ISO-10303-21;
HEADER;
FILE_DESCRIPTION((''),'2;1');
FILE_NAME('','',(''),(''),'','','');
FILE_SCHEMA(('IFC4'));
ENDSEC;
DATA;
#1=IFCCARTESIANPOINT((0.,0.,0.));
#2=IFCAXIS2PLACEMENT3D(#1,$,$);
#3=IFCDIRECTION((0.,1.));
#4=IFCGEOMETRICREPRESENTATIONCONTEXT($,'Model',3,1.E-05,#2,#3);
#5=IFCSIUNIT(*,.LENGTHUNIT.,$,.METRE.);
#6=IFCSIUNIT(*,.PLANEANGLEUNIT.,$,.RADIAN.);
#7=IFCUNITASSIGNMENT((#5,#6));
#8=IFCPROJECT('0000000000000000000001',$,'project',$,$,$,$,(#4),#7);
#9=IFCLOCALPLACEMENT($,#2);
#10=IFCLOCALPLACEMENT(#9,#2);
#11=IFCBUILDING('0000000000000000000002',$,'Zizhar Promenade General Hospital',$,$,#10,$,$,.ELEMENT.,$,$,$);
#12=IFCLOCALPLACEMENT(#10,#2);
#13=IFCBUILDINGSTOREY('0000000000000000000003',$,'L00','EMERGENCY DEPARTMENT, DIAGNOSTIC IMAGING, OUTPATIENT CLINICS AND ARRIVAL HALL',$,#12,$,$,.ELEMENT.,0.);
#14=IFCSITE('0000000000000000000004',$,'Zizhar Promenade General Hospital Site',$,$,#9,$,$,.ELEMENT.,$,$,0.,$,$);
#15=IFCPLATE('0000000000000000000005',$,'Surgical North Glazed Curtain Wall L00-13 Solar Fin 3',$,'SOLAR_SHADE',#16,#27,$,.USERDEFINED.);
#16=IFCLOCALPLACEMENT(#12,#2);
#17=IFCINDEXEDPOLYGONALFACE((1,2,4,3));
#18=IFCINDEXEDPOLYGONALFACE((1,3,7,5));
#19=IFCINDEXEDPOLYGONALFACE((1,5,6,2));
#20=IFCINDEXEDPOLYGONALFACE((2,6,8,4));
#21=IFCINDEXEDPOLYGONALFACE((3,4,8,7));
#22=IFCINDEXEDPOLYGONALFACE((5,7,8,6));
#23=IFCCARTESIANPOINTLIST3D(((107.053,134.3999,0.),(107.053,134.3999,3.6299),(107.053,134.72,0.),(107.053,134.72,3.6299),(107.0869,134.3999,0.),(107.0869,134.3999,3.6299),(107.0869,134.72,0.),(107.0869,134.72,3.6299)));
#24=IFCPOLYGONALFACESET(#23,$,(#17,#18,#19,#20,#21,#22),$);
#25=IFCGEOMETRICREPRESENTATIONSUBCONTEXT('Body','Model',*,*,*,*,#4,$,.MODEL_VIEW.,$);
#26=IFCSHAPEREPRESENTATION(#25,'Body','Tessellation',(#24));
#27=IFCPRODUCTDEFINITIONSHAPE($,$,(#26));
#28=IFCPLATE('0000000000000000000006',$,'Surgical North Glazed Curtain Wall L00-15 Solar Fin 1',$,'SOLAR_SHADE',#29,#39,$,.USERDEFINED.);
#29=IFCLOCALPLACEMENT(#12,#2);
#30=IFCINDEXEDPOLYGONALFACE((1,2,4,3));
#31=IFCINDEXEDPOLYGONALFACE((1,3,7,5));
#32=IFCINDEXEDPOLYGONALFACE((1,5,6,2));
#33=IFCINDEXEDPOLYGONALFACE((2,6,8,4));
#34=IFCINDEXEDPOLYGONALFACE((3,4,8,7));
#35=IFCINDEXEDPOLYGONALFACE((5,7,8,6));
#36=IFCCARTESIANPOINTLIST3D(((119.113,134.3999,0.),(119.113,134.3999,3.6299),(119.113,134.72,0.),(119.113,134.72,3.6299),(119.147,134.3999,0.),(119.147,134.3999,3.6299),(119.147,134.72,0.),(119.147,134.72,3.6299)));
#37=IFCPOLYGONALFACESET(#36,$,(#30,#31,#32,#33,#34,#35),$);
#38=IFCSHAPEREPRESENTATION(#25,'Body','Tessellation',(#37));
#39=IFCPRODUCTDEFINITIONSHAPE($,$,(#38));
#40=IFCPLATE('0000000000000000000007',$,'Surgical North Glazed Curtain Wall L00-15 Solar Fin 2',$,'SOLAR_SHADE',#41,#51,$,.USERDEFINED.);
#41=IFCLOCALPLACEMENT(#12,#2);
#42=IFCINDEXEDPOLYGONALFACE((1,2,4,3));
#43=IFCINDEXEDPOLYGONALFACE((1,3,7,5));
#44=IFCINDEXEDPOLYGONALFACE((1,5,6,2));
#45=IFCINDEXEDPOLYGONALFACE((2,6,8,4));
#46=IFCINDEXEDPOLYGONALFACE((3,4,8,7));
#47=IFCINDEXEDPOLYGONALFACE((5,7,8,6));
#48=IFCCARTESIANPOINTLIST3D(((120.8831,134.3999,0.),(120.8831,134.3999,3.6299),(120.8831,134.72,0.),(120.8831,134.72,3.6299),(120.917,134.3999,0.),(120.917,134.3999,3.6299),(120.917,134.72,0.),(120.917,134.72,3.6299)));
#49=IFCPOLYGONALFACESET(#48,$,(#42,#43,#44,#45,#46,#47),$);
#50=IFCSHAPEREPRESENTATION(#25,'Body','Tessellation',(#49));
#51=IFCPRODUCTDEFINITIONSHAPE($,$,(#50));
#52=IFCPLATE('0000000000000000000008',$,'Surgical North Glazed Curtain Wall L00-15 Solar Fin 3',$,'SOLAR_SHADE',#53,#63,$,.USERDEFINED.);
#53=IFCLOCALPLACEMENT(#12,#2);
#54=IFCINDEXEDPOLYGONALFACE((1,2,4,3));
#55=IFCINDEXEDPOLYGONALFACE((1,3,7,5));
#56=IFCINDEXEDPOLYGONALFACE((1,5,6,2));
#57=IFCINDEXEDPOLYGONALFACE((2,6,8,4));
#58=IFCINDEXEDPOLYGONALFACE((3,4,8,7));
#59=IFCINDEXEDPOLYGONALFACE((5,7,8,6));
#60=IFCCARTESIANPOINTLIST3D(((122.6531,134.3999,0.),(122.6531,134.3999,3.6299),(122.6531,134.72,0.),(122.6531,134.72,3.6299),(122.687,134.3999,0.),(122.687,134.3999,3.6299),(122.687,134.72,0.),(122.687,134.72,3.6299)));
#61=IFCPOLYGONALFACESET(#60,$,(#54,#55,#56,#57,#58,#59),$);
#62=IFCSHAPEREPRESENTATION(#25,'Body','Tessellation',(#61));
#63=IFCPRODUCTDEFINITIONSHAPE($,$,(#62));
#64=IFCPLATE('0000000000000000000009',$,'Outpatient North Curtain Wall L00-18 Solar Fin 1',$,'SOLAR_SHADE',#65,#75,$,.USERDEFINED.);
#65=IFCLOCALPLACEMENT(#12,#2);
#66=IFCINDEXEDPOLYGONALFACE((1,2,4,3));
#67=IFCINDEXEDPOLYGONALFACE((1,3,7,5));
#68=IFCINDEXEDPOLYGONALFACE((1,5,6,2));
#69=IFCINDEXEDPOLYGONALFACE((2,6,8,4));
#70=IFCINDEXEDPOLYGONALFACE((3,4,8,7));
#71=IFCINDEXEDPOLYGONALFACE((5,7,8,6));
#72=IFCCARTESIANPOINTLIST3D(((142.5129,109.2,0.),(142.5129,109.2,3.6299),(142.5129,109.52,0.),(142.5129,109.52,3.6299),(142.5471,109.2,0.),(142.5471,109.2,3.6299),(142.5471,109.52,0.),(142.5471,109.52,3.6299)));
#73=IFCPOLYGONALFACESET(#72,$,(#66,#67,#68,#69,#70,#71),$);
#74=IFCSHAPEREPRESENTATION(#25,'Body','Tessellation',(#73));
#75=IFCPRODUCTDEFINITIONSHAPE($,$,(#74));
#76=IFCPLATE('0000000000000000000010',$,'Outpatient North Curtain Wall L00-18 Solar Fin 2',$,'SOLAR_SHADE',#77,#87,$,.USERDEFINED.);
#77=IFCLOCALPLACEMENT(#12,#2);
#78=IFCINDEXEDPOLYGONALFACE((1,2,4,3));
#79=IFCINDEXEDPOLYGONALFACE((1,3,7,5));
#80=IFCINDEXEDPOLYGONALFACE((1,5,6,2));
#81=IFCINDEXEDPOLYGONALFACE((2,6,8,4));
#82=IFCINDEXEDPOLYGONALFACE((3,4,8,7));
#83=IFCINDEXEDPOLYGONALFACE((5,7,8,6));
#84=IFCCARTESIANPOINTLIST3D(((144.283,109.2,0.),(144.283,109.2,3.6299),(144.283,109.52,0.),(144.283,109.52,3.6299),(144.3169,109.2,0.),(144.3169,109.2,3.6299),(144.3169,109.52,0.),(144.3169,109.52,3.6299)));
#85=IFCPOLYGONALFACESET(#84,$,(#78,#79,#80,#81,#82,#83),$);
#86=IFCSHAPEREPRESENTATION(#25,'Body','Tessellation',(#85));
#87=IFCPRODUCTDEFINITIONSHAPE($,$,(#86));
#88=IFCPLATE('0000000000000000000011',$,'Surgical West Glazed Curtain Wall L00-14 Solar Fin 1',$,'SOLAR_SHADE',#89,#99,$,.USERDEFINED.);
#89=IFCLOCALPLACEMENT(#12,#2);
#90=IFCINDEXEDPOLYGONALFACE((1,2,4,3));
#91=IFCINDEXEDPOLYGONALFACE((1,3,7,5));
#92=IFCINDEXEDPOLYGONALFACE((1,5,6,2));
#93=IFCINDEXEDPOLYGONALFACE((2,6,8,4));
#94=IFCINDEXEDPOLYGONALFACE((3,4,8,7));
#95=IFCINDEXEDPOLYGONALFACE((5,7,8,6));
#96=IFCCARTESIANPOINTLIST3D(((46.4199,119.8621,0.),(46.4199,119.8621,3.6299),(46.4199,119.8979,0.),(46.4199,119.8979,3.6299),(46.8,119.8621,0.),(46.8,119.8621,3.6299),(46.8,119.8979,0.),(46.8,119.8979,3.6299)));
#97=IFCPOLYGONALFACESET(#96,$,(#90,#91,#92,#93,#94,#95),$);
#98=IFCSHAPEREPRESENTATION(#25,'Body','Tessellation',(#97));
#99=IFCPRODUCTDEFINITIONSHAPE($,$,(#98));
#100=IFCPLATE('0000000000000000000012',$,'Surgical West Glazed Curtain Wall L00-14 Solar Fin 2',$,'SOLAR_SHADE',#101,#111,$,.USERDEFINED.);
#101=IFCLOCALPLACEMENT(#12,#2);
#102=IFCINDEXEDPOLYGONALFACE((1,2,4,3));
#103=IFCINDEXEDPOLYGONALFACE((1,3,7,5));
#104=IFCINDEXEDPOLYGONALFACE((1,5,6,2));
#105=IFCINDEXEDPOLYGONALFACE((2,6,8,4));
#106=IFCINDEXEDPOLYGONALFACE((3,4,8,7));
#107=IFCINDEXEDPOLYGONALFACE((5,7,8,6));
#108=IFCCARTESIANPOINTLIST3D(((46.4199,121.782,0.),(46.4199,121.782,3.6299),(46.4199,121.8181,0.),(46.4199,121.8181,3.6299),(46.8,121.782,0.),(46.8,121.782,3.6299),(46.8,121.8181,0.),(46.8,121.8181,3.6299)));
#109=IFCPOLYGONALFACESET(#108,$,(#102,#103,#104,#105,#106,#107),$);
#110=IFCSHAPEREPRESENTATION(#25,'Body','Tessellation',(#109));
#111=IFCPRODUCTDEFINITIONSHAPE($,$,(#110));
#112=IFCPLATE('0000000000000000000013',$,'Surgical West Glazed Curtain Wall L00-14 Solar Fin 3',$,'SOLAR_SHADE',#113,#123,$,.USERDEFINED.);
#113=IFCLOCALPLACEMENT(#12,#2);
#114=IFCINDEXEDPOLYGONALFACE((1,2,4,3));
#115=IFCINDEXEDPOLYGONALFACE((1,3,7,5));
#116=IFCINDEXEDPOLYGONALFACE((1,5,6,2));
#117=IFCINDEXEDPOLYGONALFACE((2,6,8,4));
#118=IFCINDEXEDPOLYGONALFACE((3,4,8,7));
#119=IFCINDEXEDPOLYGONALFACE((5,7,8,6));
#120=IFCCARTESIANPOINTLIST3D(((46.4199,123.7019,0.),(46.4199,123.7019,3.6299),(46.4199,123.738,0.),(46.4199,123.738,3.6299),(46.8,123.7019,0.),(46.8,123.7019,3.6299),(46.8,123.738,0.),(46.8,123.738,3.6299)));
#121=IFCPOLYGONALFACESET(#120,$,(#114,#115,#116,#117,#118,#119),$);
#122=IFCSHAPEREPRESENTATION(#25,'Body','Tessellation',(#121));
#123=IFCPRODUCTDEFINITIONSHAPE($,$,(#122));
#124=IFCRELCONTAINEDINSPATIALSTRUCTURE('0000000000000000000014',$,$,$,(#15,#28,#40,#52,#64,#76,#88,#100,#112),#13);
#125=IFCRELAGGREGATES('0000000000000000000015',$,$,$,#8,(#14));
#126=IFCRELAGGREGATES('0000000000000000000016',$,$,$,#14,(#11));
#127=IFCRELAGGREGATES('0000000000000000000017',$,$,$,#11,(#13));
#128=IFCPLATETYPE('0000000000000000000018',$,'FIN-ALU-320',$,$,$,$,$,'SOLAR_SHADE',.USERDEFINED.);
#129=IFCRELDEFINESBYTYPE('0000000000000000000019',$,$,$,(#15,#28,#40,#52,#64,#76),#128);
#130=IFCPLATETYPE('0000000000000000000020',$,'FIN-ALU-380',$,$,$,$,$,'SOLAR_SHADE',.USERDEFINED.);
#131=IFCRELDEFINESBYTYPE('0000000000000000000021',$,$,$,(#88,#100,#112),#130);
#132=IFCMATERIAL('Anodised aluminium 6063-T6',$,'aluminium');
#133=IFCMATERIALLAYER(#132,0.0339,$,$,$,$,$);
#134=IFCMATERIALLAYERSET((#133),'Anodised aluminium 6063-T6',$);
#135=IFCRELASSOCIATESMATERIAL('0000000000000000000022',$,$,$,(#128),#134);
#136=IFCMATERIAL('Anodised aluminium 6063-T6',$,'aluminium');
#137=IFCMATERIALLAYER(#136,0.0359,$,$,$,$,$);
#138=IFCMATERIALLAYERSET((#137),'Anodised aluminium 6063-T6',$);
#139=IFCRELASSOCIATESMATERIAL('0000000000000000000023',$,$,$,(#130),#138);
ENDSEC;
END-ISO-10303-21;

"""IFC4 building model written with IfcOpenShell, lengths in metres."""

from ifc_helpers import new_model, si_unit, direction, origin, place, context, subcontext, project, spatial, polyline, outline, extrude, material, layer, layer_set, type_object, element, save


model = new_model("IFC4")

# Units and contexts
model_context = context("Model", 3, precision=1e-05, world=origin(), true_north=direction((0.0, 1.0)))
body_context = subcontext(model_context, "Body", "Model", "MODEL_VIEW")
ifc_project = project(units=[si_unit("LENGTHUNIT", "METRE"), si_unit("PLANEANGLEUNIT", "RADIAN")], contexts=[model_context])

# Site, building, storey
site_placement = place(None, origin())
site = spatial("IfcSite", under=ifc_project, at=site_placement, Name="Zizhar Promenade General Hospital Site", CompositionType="ELEMENT", RefElevation=0.0)
building_placement = place(site_placement, origin())
building = spatial("IfcBuilding", under=site, at=building_placement, Name="Zizhar Promenade General Hospital", CompositionType="ELEMENT")
storey_placement = place(building_placement, origin())
storey = spatial("IfcBuildingStorey", under=building, at=storey_placement, Name="L00", Description="EMERGENCY DEPARTMENT, DIAGNOSTIC IMAGING, OUTPATIENT CLINICS AND ARRIVAL HALL", CompositionType="ELEMENT", Elevation=0.0)

# Plates
ifc_material_1 = material(Name="Anodised aluminium 6063-T6", Category="aluminium")
ifc_layer_1 = layer(ifc_material_1, 0.0339)
ifc_layer_set_1 = layer_set([ifc_layer_1], Name="Anodised aluminium 6063-T6")
plate_type_1 = type_object("IfcPlateType", Name="FIN-ALU-320", ElementType="SOLAR_SHADE", PredefinedType="USERDEFINED", material=ifc_layer_set_1)
plate_1_placement = place(storey_placement, origin())
element("IfcPlate", 1, at=plate_1_placement, inside=storey, type_object=plate_type_1, Name="Surgical North Glazed Curtain Wall L00-13 Solar Fin 3", ObjectType="SOLAR_SHADE", PredefinedType="USERDEFINED", context=body_context, shape_type="SweptSolid", body=[
    extrude(outline(polyline([(107.053, 134.3999), (107.0869, 134.3999), (107.0869, 134.72), (107.053, 134.72), (107.053, 134.3999)])), origin(), (0.0, 0.0, 1.0), 3.6299),
])
plate_2_placement = place(storey_placement, origin())
element("IfcPlate", 2, at=plate_2_placement, inside=storey, type_object=plate_type_1, Name="Surgical North Glazed Curtain Wall L00-15 Solar Fin 1", ObjectType="SOLAR_SHADE", PredefinedType="USERDEFINED", context=body_context, shape_type="SweptSolid", body=[
    extrude(outline(polyline([(119.113, 134.3999), (119.147, 134.3999), (119.147, 134.72), (119.113, 134.72), (119.113, 134.3999)])), origin(), (0.0, 0.0, 1.0), 3.6299),
])
plate_3_placement = place(storey_placement, origin())
element("IfcPlate", 3, at=plate_3_placement, inside=storey, type_object=plate_type_1, Name="Surgical North Glazed Curtain Wall L00-15 Solar Fin 2", ObjectType="SOLAR_SHADE", PredefinedType="USERDEFINED", context=body_context, shape_type="SweptSolid", body=[
    extrude(outline(polyline([(120.8831, 134.3999), (120.917, 134.3999), (120.917, 134.72), (120.8831, 134.72), (120.8831, 134.3999)])), origin(), (0.0, 0.0, 1.0), 3.6299),
])
plate_4_placement = place(storey_placement, origin())
element("IfcPlate", 4, at=plate_4_placement, inside=storey, type_object=plate_type_1, Name="Surgical North Glazed Curtain Wall L00-15 Solar Fin 3", ObjectType="SOLAR_SHADE", PredefinedType="USERDEFINED", context=body_context, shape_type="SweptSolid", body=[
    extrude(outline(polyline([(122.6531, 134.3999), (122.687, 134.3999), (122.687, 134.72), (122.6531, 134.72), (122.6531, 134.3999)])), origin(), (0.0, 0.0, 1.0), 3.6299),
])
plate_5_placement = place(storey_placement, origin())
element("IfcPlate", 5, at=plate_5_placement, inside=storey, type_object=plate_type_1, Name="Outpatient North Curtain Wall L00-18 Solar Fin 1", ObjectType="SOLAR_SHADE", PredefinedType="USERDEFINED", context=body_context, shape_type="SweptSolid", body=[
    extrude(outline(polyline([(142.5129, 109.2), (142.5471, 109.2), (142.5471, 109.52), (142.5129, 109.52), (142.5129, 109.2)])), origin(), (0.0, 0.0, 1.0), 3.6299),
])
plate_6_placement = place(storey_placement, origin())
element("IfcPlate", 6, at=plate_6_placement, inside=storey, type_object=plate_type_1, Name="Outpatient North Curtain Wall L00-18 Solar Fin 2", ObjectType="SOLAR_SHADE", PredefinedType="USERDEFINED", context=body_context, shape_type="SweptSolid", body=[
    extrude(outline(polyline([(144.283, 109.2), (144.3169, 109.2), (144.3169, 109.52), (144.283, 109.52), (144.283, 109.2)])), origin(), (0.0, 0.0, 1.0), 3.6299),
])
ifc_material_2 = material(Name="Anodised aluminium 6063-T6", Category="aluminium")
ifc_layer_2 = layer(ifc_material_2, 0.0359)
ifc_layer_set_2 = layer_set([ifc_layer_2], Name="Anodised aluminium 6063-T6")
plate_type_2 = type_object("IfcPlateType", Name="FIN-ALU-380", ElementType="SOLAR_SHADE", PredefinedType="USERDEFINED", material=ifc_layer_set_2)
plate_7_placement = place(storey_placement, origin())
element("IfcPlate", 7, at=plate_7_placement, inside=storey, type_object=plate_type_2, Name="Surgical West Glazed Curtain Wall L00-14 Solar Fin 1", ObjectType="SOLAR_SHADE", PredefinedType="USERDEFINED", context=body_context, shape_type="SweptSolid", body=[
    extrude(outline(polyline([(46.8, 119.8621), (46.8, 119.8979), (46.4199, 119.8979), (46.4199, 119.8621), (46.8, 119.8621)])), origin(), (0.0, 0.0, 1.0), 3.6299),
])
plate_8_placement = place(storey_placement, origin())
element("IfcPlate", 8, at=plate_8_placement, inside=storey, type_object=plate_type_2, Name="Surgical West Glazed Curtain Wall L00-14 Solar Fin 2", ObjectType="SOLAR_SHADE", PredefinedType="USERDEFINED", context=body_context, shape_type="SweptSolid", body=[
    extrude(outline(polyline([(46.8, 121.782), (46.8, 121.8181), (46.4199, 121.8181), (46.4199, 121.782), (46.8, 121.782)])), origin(), (0.0, 0.0, 1.0), 3.6299),
])
plate_9_placement = place(storey_placement, origin())
element("IfcPlate", 9, at=plate_9_placement, inside=storey, type_object=plate_type_2, Name="Surgical West Glazed Curtain Wall L00-14 Solar Fin 3", ObjectType="SOLAR_SHADE", PredefinedType="USERDEFINED", context=body_context, shape_type="SweptSolid", body=[
    extrude(outline(polyline([(46.8, 123.7019), (46.8, 123.738), (46.4199, 123.738), (46.4199, 123.7019), (46.8, 123.7019)])), origin(), (0.0, 0.0, 1.0), 3.6299),
])

save(model, "model.ifc")
